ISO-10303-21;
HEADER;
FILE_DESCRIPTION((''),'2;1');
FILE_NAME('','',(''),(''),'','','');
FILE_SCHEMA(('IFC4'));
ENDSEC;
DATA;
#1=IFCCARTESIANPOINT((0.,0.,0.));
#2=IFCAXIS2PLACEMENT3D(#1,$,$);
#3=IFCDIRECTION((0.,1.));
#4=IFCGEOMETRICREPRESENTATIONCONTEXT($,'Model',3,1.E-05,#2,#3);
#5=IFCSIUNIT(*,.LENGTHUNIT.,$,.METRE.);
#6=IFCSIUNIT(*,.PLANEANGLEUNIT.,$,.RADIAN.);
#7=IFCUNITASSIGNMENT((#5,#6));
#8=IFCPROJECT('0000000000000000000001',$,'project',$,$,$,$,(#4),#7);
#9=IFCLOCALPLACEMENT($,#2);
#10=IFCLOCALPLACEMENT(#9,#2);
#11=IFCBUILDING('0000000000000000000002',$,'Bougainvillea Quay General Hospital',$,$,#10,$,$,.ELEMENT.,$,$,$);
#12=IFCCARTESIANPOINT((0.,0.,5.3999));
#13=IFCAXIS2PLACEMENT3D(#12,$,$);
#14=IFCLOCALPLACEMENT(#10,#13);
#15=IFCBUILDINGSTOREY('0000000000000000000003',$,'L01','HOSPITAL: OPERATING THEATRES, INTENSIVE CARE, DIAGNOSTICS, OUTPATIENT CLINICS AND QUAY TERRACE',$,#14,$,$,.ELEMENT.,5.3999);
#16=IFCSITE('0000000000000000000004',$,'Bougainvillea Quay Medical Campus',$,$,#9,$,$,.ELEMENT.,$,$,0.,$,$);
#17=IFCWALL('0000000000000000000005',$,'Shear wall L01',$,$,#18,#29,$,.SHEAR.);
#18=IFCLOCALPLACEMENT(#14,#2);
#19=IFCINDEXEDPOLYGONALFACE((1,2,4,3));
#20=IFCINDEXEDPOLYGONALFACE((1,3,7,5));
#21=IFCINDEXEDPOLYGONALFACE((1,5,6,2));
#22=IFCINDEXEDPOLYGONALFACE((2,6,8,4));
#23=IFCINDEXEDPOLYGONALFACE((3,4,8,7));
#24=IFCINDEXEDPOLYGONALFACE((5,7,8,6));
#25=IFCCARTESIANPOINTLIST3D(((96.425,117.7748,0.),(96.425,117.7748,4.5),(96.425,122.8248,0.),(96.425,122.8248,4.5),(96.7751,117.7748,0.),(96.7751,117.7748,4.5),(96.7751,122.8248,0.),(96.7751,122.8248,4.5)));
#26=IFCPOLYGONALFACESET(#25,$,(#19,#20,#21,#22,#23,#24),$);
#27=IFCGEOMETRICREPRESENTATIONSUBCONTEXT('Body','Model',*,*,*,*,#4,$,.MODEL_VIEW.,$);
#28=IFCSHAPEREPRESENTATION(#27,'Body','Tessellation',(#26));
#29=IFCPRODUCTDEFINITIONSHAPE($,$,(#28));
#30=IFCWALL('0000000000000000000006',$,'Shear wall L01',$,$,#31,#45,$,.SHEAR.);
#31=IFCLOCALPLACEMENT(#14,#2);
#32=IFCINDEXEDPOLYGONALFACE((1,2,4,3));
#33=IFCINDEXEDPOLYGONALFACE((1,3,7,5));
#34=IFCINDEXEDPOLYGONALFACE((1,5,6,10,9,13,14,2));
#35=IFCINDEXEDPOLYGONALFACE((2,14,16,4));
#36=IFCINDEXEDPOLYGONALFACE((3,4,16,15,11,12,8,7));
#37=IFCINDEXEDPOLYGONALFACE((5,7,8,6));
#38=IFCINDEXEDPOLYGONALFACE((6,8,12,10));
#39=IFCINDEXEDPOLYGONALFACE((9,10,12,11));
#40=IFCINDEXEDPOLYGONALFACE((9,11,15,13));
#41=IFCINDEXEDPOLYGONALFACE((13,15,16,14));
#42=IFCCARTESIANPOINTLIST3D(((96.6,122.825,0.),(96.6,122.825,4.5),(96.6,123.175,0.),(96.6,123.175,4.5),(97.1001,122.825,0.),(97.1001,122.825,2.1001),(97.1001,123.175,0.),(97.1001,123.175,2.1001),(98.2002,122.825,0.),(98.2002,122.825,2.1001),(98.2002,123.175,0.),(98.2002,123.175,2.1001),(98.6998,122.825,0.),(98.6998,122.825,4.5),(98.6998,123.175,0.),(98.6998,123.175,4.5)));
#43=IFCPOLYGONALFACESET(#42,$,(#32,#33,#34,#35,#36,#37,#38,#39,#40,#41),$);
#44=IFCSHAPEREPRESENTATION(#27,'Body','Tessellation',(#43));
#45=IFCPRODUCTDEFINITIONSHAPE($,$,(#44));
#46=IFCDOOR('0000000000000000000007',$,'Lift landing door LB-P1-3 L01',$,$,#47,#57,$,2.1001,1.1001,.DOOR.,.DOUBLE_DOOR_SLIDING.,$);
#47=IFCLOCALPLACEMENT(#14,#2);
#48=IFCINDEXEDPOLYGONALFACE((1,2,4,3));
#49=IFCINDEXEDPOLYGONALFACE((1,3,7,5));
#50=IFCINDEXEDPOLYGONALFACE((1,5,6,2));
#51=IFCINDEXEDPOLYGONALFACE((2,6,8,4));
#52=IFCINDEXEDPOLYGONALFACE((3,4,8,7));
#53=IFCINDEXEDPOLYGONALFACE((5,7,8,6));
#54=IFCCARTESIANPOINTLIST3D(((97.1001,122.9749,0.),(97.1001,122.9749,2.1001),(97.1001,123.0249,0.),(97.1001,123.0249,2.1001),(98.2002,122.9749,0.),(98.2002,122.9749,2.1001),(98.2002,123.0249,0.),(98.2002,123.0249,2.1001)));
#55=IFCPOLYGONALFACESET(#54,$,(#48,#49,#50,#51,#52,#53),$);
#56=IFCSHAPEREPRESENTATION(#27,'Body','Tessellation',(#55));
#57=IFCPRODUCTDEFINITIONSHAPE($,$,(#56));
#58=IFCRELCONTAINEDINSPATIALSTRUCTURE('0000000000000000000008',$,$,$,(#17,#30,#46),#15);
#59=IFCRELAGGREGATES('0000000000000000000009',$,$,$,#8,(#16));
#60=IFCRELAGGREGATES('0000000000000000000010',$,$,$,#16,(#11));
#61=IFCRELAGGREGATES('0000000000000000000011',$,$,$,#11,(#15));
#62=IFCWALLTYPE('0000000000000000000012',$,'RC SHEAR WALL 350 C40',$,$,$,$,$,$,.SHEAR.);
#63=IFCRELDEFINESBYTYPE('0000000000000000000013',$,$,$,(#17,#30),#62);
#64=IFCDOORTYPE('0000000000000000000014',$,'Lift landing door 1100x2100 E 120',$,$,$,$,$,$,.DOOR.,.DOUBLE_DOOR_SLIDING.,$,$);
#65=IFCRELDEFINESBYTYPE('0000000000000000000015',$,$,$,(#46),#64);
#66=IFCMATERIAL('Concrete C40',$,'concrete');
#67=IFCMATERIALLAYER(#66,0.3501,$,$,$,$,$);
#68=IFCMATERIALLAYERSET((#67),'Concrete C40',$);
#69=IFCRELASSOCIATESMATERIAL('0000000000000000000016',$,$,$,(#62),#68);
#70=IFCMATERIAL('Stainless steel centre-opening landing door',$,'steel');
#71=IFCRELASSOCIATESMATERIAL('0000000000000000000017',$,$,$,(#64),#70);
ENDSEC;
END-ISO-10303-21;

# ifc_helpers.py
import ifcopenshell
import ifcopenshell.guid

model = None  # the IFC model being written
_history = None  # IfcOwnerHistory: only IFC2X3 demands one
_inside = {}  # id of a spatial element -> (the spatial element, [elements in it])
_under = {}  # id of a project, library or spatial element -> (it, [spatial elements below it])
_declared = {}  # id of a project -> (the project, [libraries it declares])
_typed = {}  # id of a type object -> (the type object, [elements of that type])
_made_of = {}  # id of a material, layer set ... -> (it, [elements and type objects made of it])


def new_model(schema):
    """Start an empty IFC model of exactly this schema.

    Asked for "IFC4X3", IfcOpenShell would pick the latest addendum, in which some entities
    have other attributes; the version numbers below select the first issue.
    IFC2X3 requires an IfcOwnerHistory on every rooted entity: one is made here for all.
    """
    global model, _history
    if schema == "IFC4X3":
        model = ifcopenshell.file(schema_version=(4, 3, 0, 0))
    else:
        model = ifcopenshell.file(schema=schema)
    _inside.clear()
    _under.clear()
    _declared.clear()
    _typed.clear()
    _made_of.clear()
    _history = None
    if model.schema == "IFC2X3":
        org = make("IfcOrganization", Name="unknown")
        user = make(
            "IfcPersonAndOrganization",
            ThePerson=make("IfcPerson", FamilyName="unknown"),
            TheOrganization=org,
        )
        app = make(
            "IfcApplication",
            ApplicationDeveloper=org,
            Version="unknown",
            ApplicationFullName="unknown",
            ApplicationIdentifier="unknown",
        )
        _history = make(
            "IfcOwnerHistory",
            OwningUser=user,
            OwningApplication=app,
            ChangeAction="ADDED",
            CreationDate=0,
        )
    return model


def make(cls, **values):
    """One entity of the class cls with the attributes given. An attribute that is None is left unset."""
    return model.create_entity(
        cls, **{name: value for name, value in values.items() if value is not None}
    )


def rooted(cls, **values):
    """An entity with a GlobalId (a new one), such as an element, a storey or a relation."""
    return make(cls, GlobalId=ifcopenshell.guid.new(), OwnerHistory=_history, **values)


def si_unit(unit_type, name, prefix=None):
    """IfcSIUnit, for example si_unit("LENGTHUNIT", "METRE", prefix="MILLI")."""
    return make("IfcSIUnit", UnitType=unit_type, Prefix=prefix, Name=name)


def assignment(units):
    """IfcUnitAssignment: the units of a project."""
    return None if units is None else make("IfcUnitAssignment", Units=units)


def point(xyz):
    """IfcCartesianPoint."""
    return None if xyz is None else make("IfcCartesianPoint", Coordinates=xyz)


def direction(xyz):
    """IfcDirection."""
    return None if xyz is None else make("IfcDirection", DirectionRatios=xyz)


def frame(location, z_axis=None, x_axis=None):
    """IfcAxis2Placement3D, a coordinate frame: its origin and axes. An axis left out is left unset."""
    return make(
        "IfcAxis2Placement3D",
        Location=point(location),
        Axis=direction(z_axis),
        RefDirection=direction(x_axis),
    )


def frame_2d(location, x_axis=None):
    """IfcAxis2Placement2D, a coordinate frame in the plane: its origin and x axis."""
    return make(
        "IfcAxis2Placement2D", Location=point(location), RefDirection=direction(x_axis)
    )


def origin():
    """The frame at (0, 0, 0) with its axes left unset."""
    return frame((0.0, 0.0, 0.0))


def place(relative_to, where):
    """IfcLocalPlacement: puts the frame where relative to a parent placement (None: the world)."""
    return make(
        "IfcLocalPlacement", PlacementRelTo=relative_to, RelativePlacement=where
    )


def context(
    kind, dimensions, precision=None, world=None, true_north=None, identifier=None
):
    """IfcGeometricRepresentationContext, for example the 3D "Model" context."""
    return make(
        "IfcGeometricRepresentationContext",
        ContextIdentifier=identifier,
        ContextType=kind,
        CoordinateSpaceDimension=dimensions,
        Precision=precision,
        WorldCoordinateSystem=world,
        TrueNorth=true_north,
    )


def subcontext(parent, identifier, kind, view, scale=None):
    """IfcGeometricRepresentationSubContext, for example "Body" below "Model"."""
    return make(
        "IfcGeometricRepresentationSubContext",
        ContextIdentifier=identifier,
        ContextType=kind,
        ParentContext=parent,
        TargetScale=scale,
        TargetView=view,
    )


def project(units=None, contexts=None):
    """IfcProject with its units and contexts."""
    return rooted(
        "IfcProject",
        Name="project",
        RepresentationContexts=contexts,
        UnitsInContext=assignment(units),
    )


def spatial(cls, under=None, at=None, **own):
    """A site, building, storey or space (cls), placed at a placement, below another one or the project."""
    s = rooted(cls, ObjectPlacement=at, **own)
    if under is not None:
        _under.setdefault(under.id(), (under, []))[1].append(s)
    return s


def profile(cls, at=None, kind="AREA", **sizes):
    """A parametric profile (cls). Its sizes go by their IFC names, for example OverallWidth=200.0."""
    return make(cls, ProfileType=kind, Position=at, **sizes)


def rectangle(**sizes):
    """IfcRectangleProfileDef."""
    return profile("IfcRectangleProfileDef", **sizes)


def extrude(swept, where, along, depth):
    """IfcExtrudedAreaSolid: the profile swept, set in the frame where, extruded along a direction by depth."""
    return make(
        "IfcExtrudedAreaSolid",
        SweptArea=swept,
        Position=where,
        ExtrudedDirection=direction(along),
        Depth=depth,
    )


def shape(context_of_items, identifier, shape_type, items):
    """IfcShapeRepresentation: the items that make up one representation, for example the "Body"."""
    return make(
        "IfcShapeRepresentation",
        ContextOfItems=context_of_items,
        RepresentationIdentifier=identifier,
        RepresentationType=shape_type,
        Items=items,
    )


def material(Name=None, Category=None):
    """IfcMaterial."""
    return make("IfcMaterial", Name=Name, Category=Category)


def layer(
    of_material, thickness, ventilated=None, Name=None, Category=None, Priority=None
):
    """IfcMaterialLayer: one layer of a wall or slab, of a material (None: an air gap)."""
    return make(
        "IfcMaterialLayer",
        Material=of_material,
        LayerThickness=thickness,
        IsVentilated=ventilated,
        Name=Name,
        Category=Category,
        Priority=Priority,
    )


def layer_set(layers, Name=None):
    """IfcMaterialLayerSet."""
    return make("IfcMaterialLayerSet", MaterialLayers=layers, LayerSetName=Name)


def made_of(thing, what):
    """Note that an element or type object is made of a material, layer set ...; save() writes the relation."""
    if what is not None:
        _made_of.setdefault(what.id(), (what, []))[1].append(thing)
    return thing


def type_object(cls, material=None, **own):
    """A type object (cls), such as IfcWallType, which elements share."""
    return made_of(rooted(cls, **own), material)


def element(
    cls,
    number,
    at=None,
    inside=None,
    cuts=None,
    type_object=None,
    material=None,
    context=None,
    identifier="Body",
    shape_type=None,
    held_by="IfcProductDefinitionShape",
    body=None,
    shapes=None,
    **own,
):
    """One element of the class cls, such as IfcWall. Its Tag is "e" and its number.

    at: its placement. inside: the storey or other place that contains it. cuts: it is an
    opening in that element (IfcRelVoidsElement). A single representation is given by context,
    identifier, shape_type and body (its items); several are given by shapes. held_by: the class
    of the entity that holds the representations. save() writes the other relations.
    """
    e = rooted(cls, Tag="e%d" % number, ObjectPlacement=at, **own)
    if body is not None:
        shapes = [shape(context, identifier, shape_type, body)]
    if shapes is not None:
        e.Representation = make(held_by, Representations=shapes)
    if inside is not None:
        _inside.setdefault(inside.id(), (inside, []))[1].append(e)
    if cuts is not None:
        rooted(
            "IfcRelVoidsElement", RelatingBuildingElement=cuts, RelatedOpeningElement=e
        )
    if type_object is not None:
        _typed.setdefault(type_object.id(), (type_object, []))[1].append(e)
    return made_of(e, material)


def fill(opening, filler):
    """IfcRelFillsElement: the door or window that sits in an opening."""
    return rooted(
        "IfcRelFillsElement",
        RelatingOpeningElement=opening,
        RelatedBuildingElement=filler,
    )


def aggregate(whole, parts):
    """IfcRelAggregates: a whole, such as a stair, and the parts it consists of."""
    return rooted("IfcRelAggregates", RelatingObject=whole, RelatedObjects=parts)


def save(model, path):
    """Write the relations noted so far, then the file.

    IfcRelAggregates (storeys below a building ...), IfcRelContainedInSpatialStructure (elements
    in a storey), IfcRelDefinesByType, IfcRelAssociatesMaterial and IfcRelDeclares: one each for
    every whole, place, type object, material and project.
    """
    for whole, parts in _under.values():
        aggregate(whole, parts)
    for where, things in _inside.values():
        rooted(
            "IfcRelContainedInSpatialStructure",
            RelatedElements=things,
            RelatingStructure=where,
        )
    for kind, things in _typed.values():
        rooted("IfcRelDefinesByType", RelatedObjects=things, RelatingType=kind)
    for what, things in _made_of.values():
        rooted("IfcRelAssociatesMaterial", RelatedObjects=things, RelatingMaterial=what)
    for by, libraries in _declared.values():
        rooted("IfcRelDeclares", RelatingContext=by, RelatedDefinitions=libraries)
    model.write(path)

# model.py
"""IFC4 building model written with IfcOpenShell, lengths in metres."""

from ifc_helpers import new_model, si_unit, direction, frame, frame_2d, origin, place, context, subcontext, project, spatial, rectangle, extrude, material, layer, layer_set, type_object, element, fill, save


model = new_model("IFC4")

# Units and contexts
model_context = context("Model", 3, precision=1e-05, world=origin(), true_north=direction((0.0, 1.0)))
body_context = subcontext(model_context, "Body", "Model", "MODEL_VIEW")
ifc_project = project(units=[si_unit("LENGTHUNIT", "METRE"), si_unit("PLANEANGLEUNIT", "RADIAN")], contexts=[model_context])

# Site, building, storey
site_placement = place(None, origin())
site = spatial("IfcSite", under=ifc_project, at=site_placement, Name="Bougainvillea Quay Medical Campus", CompositionType="ELEMENT", RefElevation=0.0)
building_placement = place(site_placement, origin())
building = spatial("IfcBuilding", under=site, at=building_placement, Name="Bougainvillea Quay General Hospital", CompositionType="ELEMENT")
storey_placement = place(building_placement, frame((0.0, 0.0, 5.3999)))
storey = spatial("IfcBuildingStorey", under=building, at=storey_placement, Name="L01", Description="HOSPITAL: OPERATING THEATRES, INTENSIVE CARE, DIAGNOSTICS, OUTPATIENT CLINICS AND QUAY TERRACE", CompositionType="ELEMENT", Elevation=5.3999)

# Shared definitions
ifc_material_1 = material(Name="Concrete C40", Category="concrete")
ifc_layer_1 = layer(ifc_material_1, 0.3501)
ifc_layer_set_1 = layer_set([ifc_layer_1], Name="Concrete C40")
wall_type_1 = type_object("IfcWallType", Name="RC SHEAR WALL 350 C40", PredefinedType="SHEAR", material=ifc_layer_set_1)
ifc_material_2 = material(Name="Stainless steel centre-opening landing door", Category="steel")
door_type_1 = type_object("IfcDoorType", Name="Lift landing door 1100x2100 E 120", OperationType="DOUBLE_DOOR_SLIDING", PredefinedType="DOOR", material=ifc_material_2)

# Wall
wall_1_placement = place(storey_placement, frame((96.6001, 117.7749, 0.0), z_axis=(0.0, 0.0, 1.0), x_axis=(0.0, 1.0, 0.0)))
element("IfcWall", 1, at=wall_1_placement, inside=storey, type_object=wall_type_1, Name="Shear wall L01", PredefinedType="SHEAR", context=body_context, shape_type="SweptSolid", body=[
    extrude(rectangle(XDim=5.05, YDim=0.3501, at=frame_2d((2.5249, 0.0))), origin(), (0.0, 0.0, 1.0), 4.5),
])

# Wall, opening, door
wall_2_placement = place(storey_placement, frame((96.6001, 123.0, 0.0), z_axis=(0.0, 0.0, 1.0), x_axis=(1.0, 0.0, 0.0)))
wall_2 = element("IfcWall", 2, at=wall_2_placement, inside=storey, type_object=wall_type_1, Name="Shear wall L01", PredefinedType="SHEAR", context=body_context, shape_type="SweptSolid", body=[
    extrude(rectangle(XDim=2.0999, YDim=0.3501, at=frame_2d((1.0498, 0.0))), origin(), (0.0, 0.0, 1.0), 4.5),
])
opening_1_placement = place(wall_2_placement, frame((0.5, 0.0, 0.0)))
opening_1 = element("IfcOpeningElement", 3, at=opening_1_placement, cuts=wall_2, PredefinedType="OPENING", context=body_context, shape_type="SweptSolid", body=[
    extrude(rectangle(XDim=1.1001, YDim=2.1001, at=frame_2d((0.55, 1.05))), frame((0.0, 0.1851, 0.0), z_axis=(0.0, -1.0, 0.0), x_axis=(1.0, 0.0, 0.0)), (0.0, 0.0, 1.0), 0.3701),
])
door_1_placement = place(opening_1_placement, origin())
door_1 = element("IfcDoor", 4, at=door_1_placement, inside=storey, type_object=door_type_1, Name="Lift landing door LB-P1-3 L01", OperationType="DOUBLE_DOOR_SLIDING", OverallHeight=2.1001, OverallWidth=1.1001, PredefinedType="DOOR", context=body_context, shape_type="SweptSolid", body=[
    extrude(rectangle(XDim=1.1001, YDim=2.1001, at=frame_2d((0.55, 1.05))), frame((0.0, 0.0249, 0.0), z_axis=(0.0, -1.0, 0.0), x_axis=(1.0, 0.0, 0.0)), (0.0, 0.0, 1.0), 0.05),
])
fill(opening_1, door_1)

save(model, "model.ifc")
